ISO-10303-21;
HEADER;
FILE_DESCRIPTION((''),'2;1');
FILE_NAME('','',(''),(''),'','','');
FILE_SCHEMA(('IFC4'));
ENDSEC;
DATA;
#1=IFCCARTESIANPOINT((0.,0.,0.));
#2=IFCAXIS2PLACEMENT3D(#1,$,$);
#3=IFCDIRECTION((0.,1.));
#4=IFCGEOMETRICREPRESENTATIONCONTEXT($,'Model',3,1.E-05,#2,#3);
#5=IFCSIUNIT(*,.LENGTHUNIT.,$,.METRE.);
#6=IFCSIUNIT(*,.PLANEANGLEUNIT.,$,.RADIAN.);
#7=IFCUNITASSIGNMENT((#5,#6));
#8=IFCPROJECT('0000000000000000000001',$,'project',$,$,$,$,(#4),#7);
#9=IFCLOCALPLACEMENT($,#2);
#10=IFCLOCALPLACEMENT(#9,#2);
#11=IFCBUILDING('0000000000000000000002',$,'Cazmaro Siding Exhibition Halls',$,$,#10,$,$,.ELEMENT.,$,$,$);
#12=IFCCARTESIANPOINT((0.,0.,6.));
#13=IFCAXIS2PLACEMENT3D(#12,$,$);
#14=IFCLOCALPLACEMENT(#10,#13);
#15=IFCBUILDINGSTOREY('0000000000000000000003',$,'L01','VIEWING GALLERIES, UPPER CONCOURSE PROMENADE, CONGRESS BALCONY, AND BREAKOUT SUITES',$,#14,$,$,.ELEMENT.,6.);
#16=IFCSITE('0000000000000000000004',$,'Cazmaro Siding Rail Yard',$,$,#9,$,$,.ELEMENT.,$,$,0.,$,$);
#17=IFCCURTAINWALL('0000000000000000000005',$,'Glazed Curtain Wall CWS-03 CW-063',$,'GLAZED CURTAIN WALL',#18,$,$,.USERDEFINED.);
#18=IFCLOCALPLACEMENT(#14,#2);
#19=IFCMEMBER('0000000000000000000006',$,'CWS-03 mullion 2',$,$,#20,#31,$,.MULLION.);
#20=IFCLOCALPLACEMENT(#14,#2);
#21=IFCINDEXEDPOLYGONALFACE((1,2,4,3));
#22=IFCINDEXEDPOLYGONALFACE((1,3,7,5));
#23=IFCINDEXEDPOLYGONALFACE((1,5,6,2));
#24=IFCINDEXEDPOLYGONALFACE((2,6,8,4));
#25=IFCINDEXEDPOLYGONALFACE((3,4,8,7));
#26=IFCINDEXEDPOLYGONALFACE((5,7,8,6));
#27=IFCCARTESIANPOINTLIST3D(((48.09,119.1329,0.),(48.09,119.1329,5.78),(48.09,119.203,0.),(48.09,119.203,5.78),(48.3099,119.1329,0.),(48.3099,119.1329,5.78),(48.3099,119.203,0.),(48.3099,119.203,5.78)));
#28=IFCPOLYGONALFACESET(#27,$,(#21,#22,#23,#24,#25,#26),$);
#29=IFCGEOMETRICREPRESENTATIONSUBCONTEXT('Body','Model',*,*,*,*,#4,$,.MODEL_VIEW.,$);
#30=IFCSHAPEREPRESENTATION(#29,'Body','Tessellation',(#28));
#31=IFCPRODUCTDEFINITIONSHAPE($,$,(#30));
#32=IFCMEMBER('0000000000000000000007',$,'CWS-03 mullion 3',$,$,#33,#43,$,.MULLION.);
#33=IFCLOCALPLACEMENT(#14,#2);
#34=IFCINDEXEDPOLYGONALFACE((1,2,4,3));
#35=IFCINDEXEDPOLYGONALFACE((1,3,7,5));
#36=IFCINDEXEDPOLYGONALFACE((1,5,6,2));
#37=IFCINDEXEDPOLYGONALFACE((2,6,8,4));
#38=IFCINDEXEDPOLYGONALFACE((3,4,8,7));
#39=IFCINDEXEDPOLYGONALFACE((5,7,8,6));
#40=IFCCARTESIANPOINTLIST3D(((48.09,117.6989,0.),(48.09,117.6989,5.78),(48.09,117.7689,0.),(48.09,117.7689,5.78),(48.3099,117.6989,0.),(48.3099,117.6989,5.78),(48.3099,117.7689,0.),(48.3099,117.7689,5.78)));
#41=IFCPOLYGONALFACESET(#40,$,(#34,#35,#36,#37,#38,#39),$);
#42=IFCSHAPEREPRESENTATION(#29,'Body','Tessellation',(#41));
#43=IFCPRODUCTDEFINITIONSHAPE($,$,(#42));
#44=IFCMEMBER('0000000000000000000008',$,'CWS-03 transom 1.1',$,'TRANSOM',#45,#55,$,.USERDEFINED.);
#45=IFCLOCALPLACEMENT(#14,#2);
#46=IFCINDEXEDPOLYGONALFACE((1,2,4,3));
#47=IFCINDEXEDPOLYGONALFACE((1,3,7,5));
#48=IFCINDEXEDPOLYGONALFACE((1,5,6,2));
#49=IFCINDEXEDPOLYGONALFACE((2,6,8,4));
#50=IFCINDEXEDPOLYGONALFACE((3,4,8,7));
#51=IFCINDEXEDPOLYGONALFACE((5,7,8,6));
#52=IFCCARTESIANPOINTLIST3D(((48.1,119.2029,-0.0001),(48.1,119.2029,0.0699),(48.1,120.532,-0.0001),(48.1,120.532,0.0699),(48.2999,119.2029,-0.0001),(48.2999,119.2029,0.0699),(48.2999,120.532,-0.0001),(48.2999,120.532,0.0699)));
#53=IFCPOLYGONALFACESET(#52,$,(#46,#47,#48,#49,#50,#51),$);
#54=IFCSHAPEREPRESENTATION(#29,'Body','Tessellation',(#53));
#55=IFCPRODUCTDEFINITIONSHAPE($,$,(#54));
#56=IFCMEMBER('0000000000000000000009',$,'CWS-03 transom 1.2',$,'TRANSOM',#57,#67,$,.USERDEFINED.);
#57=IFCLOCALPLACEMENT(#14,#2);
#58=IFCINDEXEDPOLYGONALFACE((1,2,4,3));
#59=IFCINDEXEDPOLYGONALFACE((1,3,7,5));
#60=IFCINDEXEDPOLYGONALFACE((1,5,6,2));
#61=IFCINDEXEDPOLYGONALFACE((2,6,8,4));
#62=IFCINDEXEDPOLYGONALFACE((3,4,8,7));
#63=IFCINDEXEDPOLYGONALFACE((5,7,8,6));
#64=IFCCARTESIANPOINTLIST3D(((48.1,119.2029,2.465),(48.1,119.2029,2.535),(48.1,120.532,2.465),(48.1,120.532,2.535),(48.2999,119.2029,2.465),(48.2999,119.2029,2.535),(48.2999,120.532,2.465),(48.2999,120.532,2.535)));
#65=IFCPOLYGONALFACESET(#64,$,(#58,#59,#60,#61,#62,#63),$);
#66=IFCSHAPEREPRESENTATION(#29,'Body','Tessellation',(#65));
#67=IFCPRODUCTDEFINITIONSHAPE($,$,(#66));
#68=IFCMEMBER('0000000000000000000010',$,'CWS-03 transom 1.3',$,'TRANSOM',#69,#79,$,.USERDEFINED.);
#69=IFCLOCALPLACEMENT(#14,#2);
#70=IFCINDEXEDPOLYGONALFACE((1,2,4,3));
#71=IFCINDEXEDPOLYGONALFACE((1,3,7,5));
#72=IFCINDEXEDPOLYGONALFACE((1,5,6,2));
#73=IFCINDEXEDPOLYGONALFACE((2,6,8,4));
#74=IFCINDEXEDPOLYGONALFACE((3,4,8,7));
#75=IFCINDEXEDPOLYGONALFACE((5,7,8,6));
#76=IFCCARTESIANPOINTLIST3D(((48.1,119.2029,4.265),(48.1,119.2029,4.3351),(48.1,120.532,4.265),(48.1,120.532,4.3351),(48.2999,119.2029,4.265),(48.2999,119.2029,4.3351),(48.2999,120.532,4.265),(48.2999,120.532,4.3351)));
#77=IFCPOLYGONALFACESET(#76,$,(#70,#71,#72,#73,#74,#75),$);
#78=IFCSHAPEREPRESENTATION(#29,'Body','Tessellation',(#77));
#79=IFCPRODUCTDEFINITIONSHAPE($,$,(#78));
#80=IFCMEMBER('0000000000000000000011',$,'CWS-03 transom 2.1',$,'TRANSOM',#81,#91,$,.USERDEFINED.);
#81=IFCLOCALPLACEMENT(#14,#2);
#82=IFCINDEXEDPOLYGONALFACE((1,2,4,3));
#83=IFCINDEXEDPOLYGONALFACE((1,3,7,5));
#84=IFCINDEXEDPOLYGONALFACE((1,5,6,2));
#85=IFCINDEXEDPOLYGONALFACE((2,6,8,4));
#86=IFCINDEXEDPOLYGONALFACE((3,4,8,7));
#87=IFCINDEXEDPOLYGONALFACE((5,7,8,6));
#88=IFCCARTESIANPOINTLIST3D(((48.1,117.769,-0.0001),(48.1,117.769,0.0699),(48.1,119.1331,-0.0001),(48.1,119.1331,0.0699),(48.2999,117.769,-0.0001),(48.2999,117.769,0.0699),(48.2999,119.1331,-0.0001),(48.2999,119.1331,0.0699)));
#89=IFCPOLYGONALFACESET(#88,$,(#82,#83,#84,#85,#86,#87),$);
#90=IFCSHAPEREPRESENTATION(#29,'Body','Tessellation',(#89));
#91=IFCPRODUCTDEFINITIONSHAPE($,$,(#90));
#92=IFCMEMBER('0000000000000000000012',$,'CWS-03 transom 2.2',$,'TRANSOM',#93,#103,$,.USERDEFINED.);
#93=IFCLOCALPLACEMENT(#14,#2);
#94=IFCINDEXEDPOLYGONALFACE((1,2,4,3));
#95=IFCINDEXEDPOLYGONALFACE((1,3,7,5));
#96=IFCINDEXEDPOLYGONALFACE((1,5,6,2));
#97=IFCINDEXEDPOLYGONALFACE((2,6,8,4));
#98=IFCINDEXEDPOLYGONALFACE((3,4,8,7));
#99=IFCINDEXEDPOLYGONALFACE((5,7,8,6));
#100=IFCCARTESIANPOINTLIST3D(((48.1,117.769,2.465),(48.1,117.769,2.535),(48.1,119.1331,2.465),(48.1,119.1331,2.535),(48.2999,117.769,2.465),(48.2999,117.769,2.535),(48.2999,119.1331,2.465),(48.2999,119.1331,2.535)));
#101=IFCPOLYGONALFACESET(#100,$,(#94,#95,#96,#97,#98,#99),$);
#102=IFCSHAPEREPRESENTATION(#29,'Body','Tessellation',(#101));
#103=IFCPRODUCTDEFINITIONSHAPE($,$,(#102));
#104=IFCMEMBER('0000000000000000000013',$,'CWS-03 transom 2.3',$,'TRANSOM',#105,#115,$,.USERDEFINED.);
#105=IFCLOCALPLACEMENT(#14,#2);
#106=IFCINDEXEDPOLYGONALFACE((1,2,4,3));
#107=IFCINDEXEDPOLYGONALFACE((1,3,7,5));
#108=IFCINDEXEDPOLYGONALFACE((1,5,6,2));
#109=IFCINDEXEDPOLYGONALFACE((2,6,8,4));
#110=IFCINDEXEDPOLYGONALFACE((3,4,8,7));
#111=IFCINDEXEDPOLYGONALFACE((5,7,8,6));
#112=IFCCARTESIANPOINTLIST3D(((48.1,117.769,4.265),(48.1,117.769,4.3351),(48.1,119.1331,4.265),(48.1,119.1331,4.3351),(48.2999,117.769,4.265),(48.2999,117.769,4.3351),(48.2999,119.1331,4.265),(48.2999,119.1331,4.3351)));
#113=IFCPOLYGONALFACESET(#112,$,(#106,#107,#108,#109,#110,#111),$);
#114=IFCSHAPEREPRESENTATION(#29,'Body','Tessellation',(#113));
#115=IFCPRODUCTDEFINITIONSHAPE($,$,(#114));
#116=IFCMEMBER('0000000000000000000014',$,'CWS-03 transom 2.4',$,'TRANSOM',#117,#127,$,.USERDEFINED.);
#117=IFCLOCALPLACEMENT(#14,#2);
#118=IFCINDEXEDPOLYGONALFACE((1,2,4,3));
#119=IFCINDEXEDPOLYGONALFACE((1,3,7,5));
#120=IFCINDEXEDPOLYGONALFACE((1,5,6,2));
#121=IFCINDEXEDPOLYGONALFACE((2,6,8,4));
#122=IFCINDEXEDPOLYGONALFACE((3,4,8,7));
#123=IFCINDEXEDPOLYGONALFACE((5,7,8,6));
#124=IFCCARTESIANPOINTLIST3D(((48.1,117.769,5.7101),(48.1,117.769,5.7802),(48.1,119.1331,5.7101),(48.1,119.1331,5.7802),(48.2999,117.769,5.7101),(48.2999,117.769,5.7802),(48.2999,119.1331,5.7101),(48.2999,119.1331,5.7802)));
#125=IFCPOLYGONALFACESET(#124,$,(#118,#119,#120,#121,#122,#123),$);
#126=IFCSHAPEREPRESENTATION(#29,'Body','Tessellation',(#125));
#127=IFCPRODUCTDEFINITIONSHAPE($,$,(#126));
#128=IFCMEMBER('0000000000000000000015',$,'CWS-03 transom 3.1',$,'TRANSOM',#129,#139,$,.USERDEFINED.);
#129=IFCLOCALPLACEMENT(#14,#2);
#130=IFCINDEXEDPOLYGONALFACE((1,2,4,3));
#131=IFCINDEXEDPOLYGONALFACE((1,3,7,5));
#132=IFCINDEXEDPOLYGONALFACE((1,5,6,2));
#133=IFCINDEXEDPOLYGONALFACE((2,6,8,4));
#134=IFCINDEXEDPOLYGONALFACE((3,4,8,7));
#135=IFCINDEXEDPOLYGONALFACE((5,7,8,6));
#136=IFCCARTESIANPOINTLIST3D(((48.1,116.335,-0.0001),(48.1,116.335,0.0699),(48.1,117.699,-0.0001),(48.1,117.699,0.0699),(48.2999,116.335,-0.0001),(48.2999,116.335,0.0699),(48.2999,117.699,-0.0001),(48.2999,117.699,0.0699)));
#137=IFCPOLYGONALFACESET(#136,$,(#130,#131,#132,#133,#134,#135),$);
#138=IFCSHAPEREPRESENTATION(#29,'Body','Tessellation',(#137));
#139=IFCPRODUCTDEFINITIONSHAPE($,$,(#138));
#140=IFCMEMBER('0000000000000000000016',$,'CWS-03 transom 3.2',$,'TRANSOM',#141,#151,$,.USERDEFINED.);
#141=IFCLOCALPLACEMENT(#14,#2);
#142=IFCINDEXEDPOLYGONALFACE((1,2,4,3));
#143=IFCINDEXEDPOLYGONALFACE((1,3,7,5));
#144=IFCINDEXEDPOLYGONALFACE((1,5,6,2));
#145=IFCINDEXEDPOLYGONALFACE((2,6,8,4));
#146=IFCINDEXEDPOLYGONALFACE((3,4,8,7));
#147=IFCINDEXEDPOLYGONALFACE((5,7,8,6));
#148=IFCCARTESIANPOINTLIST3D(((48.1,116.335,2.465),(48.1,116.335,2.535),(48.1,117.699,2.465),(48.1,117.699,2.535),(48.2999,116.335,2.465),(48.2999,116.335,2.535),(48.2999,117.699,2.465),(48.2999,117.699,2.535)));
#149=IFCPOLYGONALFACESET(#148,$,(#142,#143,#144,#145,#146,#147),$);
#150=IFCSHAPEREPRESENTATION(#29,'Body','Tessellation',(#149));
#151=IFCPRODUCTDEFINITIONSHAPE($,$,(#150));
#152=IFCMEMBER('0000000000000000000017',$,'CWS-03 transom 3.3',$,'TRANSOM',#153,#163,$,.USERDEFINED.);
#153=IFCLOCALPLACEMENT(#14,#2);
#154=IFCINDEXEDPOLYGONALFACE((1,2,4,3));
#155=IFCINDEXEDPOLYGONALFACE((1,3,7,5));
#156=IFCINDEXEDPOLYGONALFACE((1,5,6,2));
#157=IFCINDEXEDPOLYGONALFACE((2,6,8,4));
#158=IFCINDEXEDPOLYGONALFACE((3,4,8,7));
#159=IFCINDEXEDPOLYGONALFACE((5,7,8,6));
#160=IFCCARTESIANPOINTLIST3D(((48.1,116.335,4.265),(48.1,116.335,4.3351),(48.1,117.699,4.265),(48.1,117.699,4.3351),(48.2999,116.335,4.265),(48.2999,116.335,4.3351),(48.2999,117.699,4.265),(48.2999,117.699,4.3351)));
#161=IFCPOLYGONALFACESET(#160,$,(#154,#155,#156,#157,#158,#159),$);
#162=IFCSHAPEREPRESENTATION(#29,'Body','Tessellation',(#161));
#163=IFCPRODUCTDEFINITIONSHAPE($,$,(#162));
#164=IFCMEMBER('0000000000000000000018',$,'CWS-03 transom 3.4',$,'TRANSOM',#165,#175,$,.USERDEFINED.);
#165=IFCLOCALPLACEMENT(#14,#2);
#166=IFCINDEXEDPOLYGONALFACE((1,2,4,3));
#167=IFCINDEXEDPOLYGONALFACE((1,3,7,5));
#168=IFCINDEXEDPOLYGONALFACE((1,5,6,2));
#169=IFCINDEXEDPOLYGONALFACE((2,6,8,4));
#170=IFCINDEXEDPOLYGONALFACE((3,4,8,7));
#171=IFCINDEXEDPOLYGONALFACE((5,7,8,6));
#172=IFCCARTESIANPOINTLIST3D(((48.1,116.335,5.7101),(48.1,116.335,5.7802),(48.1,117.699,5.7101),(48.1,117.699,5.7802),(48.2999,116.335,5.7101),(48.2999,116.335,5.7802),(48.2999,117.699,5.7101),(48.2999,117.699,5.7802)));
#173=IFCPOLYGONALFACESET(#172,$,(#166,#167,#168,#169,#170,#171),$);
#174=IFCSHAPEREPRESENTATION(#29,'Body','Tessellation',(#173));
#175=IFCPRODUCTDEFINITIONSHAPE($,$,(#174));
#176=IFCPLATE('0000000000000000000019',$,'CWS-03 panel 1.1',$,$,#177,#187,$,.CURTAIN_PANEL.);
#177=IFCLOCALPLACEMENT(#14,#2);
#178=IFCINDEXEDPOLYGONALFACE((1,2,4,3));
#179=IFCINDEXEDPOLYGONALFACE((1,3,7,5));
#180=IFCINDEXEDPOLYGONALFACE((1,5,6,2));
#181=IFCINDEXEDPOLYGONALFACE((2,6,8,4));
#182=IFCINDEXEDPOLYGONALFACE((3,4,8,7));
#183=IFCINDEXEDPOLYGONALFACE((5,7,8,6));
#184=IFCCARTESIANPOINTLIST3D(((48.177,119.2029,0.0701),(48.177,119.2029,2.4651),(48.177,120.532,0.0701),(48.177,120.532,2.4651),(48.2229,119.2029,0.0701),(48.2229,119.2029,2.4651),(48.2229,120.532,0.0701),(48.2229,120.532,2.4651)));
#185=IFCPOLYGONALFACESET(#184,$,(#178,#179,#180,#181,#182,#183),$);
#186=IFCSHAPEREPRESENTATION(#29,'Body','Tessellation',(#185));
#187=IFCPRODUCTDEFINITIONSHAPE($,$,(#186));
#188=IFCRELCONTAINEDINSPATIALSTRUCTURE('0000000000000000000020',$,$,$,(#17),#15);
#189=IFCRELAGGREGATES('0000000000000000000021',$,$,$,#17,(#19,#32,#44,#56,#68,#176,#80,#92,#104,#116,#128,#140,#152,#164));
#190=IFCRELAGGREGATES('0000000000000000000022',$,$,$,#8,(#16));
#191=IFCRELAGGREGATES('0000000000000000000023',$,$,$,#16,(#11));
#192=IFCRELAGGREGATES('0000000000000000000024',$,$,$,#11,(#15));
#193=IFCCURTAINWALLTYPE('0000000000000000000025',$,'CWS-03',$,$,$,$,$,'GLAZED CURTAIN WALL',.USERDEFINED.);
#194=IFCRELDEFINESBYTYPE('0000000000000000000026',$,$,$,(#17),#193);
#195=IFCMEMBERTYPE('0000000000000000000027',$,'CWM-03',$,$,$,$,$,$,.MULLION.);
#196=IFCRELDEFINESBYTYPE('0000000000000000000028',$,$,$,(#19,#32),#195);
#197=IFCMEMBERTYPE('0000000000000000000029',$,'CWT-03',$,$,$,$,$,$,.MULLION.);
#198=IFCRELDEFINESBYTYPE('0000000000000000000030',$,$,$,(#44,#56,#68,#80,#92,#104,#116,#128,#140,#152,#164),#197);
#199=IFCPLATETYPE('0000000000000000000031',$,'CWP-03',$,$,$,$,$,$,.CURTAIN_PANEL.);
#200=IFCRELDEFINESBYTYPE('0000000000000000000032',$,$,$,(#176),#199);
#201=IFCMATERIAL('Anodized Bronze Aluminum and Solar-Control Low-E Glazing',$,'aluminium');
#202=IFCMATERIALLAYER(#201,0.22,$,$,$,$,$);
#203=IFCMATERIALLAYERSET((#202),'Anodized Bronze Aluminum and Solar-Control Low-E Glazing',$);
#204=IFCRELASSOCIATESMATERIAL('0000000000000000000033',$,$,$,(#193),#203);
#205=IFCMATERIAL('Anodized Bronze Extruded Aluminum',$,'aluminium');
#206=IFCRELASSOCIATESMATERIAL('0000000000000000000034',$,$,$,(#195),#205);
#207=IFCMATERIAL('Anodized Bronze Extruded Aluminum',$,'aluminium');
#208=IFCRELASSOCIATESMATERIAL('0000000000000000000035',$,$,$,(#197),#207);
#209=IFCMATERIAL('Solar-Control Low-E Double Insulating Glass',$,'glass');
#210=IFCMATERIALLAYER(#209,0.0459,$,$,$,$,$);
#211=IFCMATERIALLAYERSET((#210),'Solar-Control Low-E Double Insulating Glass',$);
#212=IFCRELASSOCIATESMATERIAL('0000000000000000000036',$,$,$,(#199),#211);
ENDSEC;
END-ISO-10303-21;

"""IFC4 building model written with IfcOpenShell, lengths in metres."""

from ifc_helpers import new_model, si_unit, direction, frame, origin, origin_2d, place, context, subcontext, project, spatial, rectangle, extrude, material, layer, layer_set, material_profile, profile_set, type_object, element, aggregate, save


model = new_model("IFC4")

# Units and contexts
model_context = context("Model", 3, precision=1e-05, world=origin(), true_north=direction((0.0, 1.0)))
body_context = subcontext(model_context, "Body", "Model", "MODEL_VIEW")
ifc_project = project(units=[si_unit("LENGTHUNIT", "METRE"), si_unit("PLANEANGLEUNIT", "RADIAN")], contexts=[model_context])

# Site, building, storey
site_placement = place(None, origin())
site = spatial("IfcSite", under=ifc_project, at=site_placement, Name="Cazmaro Siding Rail Yard", CompositionType="ELEMENT", RefElevation=0.0)
building_placement = place(site_placement, origin())
building = spatial("IfcBuilding", under=site, at=building_placement, Name="Cazmaro Siding Exhibition Halls", CompositionType="ELEMENT")
storey_placement = place(building_placement, frame((0.0, 0.0, 6.0)))
storey = spatial("IfcBuildingStorey", under=building, at=storey_placement, Name="L01", Description="VIEWING GALLERIES, UPPER CONCOURSE PROMENADE, CONGRESS BALCONY, AND BREAKOUT SUITES", CompositionType="ELEMENT", Elevation=6.0)

# Curtain wall, members, plate
ifc_material_1 = material(Name="Anodized Bronze Aluminum and Solar-Control Low-E Glazing", Category="aluminium")
ifc_layer_1 = layer(ifc_material_1, 0.22)
ifc_layer_set_1 = layer_set([ifc_layer_1], Name="Anodized Bronze Aluminum and Solar-Control Low-E Glazing")
curtain_wall_type = type_object("IfcCurtainWallType", Name="CWS-03", ElementType="GLAZED CURTAIN WALL", PredefinedType="USERDEFINED", material=ifc_layer_set_1)
curtain_wall_placement = place(storey_placement, origin())
curtain_wall = element("IfcCurtainWall", 1, at=curtain_wall_placement, inside=storey, type_object=curtain_wall_type, Name="Glazed Curtain Wall CWS-03 CW-063", ObjectType="GLAZED CURTAIN WALL", PredefinedType="USERDEFINED")
ifc_material_2 = material(Name="Anodized Bronze Extruded Aluminum", Category="aluminium")
ifc_material_profile_1 = material_profile(ifc_material_2, rectangle(XDim=0.22, YDim=0.0701, at=origin_2d()), Name="CWM-03")
ifc_profile_set_1 = profile_set([ifc_material_profile_1], Name="Anodized Bronze Extruded Aluminum")
member_type_1 = type_object("IfcMemberType", Name="CWM-03", PredefinedType="MULLION", material=ifc_profile_set_1)
member_1_placement = place(storey_placement, frame((48.2, 119.168, 0.0), z_axis=(0.0, 0.0, 1.0), x_axis=(1.0, 0.0, 0.0)))
member_1 = element("IfcMember", 2, at=member_1_placement, type_object=member_type_1, Name="CWS-03 mullion 2", PredefinedType="MULLION", context=body_context, shape_type="SweptSolid", body=[
    extrude(rectangle(XDim=0.22, YDim=0.0701, at=origin_2d()), origin(), (0.0, 0.0, 1.0), 5.78),
])
member_2_placement = place(storey_placement, frame((48.2, 117.7339, 0.0), z_axis=(0.0, 0.0, 1.0), x_axis=(1.0, 0.0, 0.0)))
member_2 = element("IfcMember", 3, at=member_2_placement, type_object=member_type_1, Name="CWS-03 mullion 3", PredefinedType="MULLION", context=body_context, shape_type="SweptSolid", body=[
    extrude(rectangle(XDim=0.22, YDim=0.0701, at=origin_2d()), origin(), (0.0, 0.0, 1.0), 5.78),
])
ifc_material_3 = material(Name="Anodized Bronze Extruded Aluminum", Category="aluminium")
ifc_material_profile_2 = material_profile(ifc_material_3, rectangle(XDim=0.2, YDim=0.0701, at=origin_2d()), Name="CWT-03")
ifc_profile_set_2 = profile_set([ifc_material_profile_2], Name="Anodized Bronze Extruded Aluminum")
member_type_2 = type_object("IfcMemberType", Name="CWT-03", PredefinedType="MULLION", material=ifc_profile_set_2)
member_3_placement = place(storey_placement, frame((48.2, 120.532, 0.0349), z_axis=(0.0, -1.0, 0.0), x_axis=(1.0, 0.0, 0.0)))
member_3 = element("IfcMember", 4, at=member_3_placement, type_object=member_type_2, Name="CWS-03 transom 1.1", ObjectType="TRANSOM", PredefinedType="USERDEFINED", context=body_context, shape_type="SweptSolid", body=[
    extrude(rectangle(XDim=0.2, YDim=0.0701, at=origin_2d()), origin(), (0.0, 0.0, 1.0), 1.3291),
])
member_4_placement = place(storey_placement, frame((48.2, 120.532, 2.5), z_axis=(0.0, -1.0, 0.0), x_axis=(1.0, 0.0, 0.0)))
member_4 = element("IfcMember", 5, at=member_4_placement, type_object=member_type_2, Name="CWS-03 transom 1.2", ObjectType="TRANSOM", PredefinedType="USERDEFINED", context=body_context, shape_type="SweptSolid", body=[
    extrude(rectangle(XDim=0.2, YDim=0.0701, at=origin_2d()), origin(), (0.0, 0.0, 1.0), 1.3291),
])
member_5_placement = place(storey_placement, frame((48.2, 120.532, 4.3), z_axis=(0.0, -1.0, 0.0), x_axis=(1.0, 0.0, 0.0)))
member_5 = element("IfcMember", 6, at=member_5_placement, type_object=member_type_2, Name="CWS-03 transom 1.3", ObjectType="TRANSOM", PredefinedType="USERDEFINED", context=body_context, shape_type="SweptSolid", body=[
    extrude(rectangle(XDim=0.2, YDim=0.0701, at=origin_2d()), origin(), (0.0, 0.0, 1.0), 1.3291),
])
member_6_placement = place(storey_placement, frame((48.2, 119.1331, 0.0349), z_axis=(0.0, -1.0, 0.0), x_axis=(1.0, 0.0, 0.0)))
member_6 = element("IfcMember", 7, at=member_6_placement, type_object=member_type_2, Name="CWS-03 transom 2.1", ObjectType="TRANSOM", PredefinedType="USERDEFINED", context=body_context, shape_type="SweptSolid", body=[
    extrude(rectangle(XDim=0.2, YDim=0.0701, at=origin_2d()), origin(), (0.0, 0.0, 1.0), 1.364),
])
member_7_placement = place(storey_placement, frame((48.2, 119.1331, 2.5), z_axis=(0.0, -1.0, 0.0), x_axis=(1.0, 0.0, 0.0)))
member_7 = element("IfcMember", 8, at=member_7_placement, type_object=member_type_2, Name="CWS-03 transom 2.2", ObjectType="TRANSOM", PredefinedType="USERDEFINED", context=body_context, shape_type="SweptSolid", body=[
    extrude(rectangle(XDim=0.2, YDim=0.0701, at=origin_2d()), origin(), (0.0, 0.0, 1.0), 1.364),
])
member_8_placement = place(storey_placement, frame((48.2, 119.1331, 4.3), z_axis=(0.0, -1.0, 0.0), x_axis=(1.0, 0.0, 0.0)))
member_8 = element("IfcMember", 9, at=member_8_placement, type_object=member_type_2, Name="CWS-03 transom 2.3", ObjectType="TRANSOM", PredefinedType="USERDEFINED", context=body_context, shape_type="SweptSolid", body=[
    extrude(rectangle(XDim=0.2, YDim=0.0701, at=origin_2d()), origin(), (0.0, 0.0, 1.0), 1.364),
])
member_9_placement = place(storey_placement, frame((48.2, 119.1331, 5.7451), z_axis=(0.0, -1.0, 0.0), x_axis=(1.0, 0.0, 0.0)))
member_9 = element("IfcMember", 10, at=member_9_placement, type_object=member_type_2, Name="CWS-03 transom 2.4", ObjectType="TRANSOM", PredefinedType="USERDEFINED", context=body_context, shape_type="SweptSolid", body=[
    extrude(rectangle(XDim=0.2, YDim=0.0701, at=origin_2d()), origin(), (0.0, 0.0, 1.0), 1.364),
])
member_10_placement = place(storey_placement, frame((48.2, 117.699, 0.0349), z_axis=(0.0, -1.0, 0.0), x_axis=(1.0, 0.0, 0.0)))
member_10 = element("IfcMember", 11, at=member_10_placement, type_object=member_type_2, Name="CWS-03 transom 3.1", ObjectType="TRANSOM", PredefinedType="USERDEFINED", context=body_context, shape_type="SweptSolid", body=[
    extrude(rectangle(XDim=0.2, YDim=0.0701, at=origin_2d()), origin(), (0.0, 0.0, 1.0), 1.364),
])
member_11_placement = place(storey_placement, frame((48.2, 117.699, 2.5), z_axis=(0.0, -1.0, 0.0), x_axis=(1.0, 0.0, 0.0)))
member_11 = element("IfcMember", 12, at=member_11_placement, type_object=member_type_2, Name="CWS-03 transom 3.2", ObjectType="TRANSOM", PredefinedType="USERDEFINED", context=body_context, shape_type="SweptSolid", body=[
    extrude(rectangle(XDim=0.2, YDim=0.0701, at=origin_2d()), origin(), (0.0, 0.0, 1.0), 1.364),
])
member_12_placement = place(storey_placement, frame((48.2, 117.699, 4.3), z_axis=(0.0, -1.0, 0.0), x_axis=(1.0, 0.0, 0.0)))
member_12 = element("IfcMember", 13, at=member_12_placement, type_object=member_type_2, Name="CWS-03 transom 3.3", ObjectType="TRANSOM", PredefinedType="USERDEFINED", context=body_context, shape_type="SweptSolid", body=[
    extrude(rectangle(XDim=0.2, YDim=0.0701, at=origin_2d()), origin(), (0.0, 0.0, 1.0), 1.364),
])
member_13_placement = place(storey_placement, frame((48.2, 117.699, 5.7451), z_axis=(0.0, -1.0, 0.0), x_axis=(1.0, 0.0, 0.0)))
member_13 = element("IfcMember", 14, at=member_13_placement, type_object=member_type_2, Name="CWS-03 transom 3.4", ObjectType="TRANSOM", PredefinedType="USERDEFINED", context=body_context, shape_type="SweptSolid", body=[
    extrude(rectangle(XDim=0.2, YDim=0.0701, at=origin_2d()), origin(), (0.0, 0.0, 1.0), 1.364),
])
ifc_material_4 = material(Name="Solar-Control Low-E Double Insulating Glass", Category="glass")
ifc_layer_2 = layer(ifc_material_4, 0.0459)
ifc_layer_set_2 = layer_set([ifc_layer_2], Name="Solar-Control Low-E Double Insulating Glass")
plate_type = type_object("IfcPlateType", Name="CWP-03", PredefinedType="CURTAIN_PANEL", material=ifc_layer_set_2)
plate_1_placement = place(storey_placement, frame((48.2, 119.8674, 0.0701), z_axis=(0.0, 0.0, 1.0), x_axis=(0.0, -1.0, 0.0)))
plate_1 = element("IfcPlate", 15, at=plate_1_placement, type_object=plate_type, Name="CWS-03 panel 1.1", PredefinedType="CURTAIN_PANEL", context=body_context, shape_type="SweptSolid", body=[
    extrude(rectangle(XDim=1.3291, YDim=0.0459, at=origin_2d()), origin(), (0.0, 0.0, 1.0), 2.395),
])
aggregate(curtain_wall, [member_1, member_2, member_3, member_4, member_5, plate_1, member_6, member_7, member_8, member_9, member_10, member_11, member_12, member_13])

save(model, "model.ifc")
